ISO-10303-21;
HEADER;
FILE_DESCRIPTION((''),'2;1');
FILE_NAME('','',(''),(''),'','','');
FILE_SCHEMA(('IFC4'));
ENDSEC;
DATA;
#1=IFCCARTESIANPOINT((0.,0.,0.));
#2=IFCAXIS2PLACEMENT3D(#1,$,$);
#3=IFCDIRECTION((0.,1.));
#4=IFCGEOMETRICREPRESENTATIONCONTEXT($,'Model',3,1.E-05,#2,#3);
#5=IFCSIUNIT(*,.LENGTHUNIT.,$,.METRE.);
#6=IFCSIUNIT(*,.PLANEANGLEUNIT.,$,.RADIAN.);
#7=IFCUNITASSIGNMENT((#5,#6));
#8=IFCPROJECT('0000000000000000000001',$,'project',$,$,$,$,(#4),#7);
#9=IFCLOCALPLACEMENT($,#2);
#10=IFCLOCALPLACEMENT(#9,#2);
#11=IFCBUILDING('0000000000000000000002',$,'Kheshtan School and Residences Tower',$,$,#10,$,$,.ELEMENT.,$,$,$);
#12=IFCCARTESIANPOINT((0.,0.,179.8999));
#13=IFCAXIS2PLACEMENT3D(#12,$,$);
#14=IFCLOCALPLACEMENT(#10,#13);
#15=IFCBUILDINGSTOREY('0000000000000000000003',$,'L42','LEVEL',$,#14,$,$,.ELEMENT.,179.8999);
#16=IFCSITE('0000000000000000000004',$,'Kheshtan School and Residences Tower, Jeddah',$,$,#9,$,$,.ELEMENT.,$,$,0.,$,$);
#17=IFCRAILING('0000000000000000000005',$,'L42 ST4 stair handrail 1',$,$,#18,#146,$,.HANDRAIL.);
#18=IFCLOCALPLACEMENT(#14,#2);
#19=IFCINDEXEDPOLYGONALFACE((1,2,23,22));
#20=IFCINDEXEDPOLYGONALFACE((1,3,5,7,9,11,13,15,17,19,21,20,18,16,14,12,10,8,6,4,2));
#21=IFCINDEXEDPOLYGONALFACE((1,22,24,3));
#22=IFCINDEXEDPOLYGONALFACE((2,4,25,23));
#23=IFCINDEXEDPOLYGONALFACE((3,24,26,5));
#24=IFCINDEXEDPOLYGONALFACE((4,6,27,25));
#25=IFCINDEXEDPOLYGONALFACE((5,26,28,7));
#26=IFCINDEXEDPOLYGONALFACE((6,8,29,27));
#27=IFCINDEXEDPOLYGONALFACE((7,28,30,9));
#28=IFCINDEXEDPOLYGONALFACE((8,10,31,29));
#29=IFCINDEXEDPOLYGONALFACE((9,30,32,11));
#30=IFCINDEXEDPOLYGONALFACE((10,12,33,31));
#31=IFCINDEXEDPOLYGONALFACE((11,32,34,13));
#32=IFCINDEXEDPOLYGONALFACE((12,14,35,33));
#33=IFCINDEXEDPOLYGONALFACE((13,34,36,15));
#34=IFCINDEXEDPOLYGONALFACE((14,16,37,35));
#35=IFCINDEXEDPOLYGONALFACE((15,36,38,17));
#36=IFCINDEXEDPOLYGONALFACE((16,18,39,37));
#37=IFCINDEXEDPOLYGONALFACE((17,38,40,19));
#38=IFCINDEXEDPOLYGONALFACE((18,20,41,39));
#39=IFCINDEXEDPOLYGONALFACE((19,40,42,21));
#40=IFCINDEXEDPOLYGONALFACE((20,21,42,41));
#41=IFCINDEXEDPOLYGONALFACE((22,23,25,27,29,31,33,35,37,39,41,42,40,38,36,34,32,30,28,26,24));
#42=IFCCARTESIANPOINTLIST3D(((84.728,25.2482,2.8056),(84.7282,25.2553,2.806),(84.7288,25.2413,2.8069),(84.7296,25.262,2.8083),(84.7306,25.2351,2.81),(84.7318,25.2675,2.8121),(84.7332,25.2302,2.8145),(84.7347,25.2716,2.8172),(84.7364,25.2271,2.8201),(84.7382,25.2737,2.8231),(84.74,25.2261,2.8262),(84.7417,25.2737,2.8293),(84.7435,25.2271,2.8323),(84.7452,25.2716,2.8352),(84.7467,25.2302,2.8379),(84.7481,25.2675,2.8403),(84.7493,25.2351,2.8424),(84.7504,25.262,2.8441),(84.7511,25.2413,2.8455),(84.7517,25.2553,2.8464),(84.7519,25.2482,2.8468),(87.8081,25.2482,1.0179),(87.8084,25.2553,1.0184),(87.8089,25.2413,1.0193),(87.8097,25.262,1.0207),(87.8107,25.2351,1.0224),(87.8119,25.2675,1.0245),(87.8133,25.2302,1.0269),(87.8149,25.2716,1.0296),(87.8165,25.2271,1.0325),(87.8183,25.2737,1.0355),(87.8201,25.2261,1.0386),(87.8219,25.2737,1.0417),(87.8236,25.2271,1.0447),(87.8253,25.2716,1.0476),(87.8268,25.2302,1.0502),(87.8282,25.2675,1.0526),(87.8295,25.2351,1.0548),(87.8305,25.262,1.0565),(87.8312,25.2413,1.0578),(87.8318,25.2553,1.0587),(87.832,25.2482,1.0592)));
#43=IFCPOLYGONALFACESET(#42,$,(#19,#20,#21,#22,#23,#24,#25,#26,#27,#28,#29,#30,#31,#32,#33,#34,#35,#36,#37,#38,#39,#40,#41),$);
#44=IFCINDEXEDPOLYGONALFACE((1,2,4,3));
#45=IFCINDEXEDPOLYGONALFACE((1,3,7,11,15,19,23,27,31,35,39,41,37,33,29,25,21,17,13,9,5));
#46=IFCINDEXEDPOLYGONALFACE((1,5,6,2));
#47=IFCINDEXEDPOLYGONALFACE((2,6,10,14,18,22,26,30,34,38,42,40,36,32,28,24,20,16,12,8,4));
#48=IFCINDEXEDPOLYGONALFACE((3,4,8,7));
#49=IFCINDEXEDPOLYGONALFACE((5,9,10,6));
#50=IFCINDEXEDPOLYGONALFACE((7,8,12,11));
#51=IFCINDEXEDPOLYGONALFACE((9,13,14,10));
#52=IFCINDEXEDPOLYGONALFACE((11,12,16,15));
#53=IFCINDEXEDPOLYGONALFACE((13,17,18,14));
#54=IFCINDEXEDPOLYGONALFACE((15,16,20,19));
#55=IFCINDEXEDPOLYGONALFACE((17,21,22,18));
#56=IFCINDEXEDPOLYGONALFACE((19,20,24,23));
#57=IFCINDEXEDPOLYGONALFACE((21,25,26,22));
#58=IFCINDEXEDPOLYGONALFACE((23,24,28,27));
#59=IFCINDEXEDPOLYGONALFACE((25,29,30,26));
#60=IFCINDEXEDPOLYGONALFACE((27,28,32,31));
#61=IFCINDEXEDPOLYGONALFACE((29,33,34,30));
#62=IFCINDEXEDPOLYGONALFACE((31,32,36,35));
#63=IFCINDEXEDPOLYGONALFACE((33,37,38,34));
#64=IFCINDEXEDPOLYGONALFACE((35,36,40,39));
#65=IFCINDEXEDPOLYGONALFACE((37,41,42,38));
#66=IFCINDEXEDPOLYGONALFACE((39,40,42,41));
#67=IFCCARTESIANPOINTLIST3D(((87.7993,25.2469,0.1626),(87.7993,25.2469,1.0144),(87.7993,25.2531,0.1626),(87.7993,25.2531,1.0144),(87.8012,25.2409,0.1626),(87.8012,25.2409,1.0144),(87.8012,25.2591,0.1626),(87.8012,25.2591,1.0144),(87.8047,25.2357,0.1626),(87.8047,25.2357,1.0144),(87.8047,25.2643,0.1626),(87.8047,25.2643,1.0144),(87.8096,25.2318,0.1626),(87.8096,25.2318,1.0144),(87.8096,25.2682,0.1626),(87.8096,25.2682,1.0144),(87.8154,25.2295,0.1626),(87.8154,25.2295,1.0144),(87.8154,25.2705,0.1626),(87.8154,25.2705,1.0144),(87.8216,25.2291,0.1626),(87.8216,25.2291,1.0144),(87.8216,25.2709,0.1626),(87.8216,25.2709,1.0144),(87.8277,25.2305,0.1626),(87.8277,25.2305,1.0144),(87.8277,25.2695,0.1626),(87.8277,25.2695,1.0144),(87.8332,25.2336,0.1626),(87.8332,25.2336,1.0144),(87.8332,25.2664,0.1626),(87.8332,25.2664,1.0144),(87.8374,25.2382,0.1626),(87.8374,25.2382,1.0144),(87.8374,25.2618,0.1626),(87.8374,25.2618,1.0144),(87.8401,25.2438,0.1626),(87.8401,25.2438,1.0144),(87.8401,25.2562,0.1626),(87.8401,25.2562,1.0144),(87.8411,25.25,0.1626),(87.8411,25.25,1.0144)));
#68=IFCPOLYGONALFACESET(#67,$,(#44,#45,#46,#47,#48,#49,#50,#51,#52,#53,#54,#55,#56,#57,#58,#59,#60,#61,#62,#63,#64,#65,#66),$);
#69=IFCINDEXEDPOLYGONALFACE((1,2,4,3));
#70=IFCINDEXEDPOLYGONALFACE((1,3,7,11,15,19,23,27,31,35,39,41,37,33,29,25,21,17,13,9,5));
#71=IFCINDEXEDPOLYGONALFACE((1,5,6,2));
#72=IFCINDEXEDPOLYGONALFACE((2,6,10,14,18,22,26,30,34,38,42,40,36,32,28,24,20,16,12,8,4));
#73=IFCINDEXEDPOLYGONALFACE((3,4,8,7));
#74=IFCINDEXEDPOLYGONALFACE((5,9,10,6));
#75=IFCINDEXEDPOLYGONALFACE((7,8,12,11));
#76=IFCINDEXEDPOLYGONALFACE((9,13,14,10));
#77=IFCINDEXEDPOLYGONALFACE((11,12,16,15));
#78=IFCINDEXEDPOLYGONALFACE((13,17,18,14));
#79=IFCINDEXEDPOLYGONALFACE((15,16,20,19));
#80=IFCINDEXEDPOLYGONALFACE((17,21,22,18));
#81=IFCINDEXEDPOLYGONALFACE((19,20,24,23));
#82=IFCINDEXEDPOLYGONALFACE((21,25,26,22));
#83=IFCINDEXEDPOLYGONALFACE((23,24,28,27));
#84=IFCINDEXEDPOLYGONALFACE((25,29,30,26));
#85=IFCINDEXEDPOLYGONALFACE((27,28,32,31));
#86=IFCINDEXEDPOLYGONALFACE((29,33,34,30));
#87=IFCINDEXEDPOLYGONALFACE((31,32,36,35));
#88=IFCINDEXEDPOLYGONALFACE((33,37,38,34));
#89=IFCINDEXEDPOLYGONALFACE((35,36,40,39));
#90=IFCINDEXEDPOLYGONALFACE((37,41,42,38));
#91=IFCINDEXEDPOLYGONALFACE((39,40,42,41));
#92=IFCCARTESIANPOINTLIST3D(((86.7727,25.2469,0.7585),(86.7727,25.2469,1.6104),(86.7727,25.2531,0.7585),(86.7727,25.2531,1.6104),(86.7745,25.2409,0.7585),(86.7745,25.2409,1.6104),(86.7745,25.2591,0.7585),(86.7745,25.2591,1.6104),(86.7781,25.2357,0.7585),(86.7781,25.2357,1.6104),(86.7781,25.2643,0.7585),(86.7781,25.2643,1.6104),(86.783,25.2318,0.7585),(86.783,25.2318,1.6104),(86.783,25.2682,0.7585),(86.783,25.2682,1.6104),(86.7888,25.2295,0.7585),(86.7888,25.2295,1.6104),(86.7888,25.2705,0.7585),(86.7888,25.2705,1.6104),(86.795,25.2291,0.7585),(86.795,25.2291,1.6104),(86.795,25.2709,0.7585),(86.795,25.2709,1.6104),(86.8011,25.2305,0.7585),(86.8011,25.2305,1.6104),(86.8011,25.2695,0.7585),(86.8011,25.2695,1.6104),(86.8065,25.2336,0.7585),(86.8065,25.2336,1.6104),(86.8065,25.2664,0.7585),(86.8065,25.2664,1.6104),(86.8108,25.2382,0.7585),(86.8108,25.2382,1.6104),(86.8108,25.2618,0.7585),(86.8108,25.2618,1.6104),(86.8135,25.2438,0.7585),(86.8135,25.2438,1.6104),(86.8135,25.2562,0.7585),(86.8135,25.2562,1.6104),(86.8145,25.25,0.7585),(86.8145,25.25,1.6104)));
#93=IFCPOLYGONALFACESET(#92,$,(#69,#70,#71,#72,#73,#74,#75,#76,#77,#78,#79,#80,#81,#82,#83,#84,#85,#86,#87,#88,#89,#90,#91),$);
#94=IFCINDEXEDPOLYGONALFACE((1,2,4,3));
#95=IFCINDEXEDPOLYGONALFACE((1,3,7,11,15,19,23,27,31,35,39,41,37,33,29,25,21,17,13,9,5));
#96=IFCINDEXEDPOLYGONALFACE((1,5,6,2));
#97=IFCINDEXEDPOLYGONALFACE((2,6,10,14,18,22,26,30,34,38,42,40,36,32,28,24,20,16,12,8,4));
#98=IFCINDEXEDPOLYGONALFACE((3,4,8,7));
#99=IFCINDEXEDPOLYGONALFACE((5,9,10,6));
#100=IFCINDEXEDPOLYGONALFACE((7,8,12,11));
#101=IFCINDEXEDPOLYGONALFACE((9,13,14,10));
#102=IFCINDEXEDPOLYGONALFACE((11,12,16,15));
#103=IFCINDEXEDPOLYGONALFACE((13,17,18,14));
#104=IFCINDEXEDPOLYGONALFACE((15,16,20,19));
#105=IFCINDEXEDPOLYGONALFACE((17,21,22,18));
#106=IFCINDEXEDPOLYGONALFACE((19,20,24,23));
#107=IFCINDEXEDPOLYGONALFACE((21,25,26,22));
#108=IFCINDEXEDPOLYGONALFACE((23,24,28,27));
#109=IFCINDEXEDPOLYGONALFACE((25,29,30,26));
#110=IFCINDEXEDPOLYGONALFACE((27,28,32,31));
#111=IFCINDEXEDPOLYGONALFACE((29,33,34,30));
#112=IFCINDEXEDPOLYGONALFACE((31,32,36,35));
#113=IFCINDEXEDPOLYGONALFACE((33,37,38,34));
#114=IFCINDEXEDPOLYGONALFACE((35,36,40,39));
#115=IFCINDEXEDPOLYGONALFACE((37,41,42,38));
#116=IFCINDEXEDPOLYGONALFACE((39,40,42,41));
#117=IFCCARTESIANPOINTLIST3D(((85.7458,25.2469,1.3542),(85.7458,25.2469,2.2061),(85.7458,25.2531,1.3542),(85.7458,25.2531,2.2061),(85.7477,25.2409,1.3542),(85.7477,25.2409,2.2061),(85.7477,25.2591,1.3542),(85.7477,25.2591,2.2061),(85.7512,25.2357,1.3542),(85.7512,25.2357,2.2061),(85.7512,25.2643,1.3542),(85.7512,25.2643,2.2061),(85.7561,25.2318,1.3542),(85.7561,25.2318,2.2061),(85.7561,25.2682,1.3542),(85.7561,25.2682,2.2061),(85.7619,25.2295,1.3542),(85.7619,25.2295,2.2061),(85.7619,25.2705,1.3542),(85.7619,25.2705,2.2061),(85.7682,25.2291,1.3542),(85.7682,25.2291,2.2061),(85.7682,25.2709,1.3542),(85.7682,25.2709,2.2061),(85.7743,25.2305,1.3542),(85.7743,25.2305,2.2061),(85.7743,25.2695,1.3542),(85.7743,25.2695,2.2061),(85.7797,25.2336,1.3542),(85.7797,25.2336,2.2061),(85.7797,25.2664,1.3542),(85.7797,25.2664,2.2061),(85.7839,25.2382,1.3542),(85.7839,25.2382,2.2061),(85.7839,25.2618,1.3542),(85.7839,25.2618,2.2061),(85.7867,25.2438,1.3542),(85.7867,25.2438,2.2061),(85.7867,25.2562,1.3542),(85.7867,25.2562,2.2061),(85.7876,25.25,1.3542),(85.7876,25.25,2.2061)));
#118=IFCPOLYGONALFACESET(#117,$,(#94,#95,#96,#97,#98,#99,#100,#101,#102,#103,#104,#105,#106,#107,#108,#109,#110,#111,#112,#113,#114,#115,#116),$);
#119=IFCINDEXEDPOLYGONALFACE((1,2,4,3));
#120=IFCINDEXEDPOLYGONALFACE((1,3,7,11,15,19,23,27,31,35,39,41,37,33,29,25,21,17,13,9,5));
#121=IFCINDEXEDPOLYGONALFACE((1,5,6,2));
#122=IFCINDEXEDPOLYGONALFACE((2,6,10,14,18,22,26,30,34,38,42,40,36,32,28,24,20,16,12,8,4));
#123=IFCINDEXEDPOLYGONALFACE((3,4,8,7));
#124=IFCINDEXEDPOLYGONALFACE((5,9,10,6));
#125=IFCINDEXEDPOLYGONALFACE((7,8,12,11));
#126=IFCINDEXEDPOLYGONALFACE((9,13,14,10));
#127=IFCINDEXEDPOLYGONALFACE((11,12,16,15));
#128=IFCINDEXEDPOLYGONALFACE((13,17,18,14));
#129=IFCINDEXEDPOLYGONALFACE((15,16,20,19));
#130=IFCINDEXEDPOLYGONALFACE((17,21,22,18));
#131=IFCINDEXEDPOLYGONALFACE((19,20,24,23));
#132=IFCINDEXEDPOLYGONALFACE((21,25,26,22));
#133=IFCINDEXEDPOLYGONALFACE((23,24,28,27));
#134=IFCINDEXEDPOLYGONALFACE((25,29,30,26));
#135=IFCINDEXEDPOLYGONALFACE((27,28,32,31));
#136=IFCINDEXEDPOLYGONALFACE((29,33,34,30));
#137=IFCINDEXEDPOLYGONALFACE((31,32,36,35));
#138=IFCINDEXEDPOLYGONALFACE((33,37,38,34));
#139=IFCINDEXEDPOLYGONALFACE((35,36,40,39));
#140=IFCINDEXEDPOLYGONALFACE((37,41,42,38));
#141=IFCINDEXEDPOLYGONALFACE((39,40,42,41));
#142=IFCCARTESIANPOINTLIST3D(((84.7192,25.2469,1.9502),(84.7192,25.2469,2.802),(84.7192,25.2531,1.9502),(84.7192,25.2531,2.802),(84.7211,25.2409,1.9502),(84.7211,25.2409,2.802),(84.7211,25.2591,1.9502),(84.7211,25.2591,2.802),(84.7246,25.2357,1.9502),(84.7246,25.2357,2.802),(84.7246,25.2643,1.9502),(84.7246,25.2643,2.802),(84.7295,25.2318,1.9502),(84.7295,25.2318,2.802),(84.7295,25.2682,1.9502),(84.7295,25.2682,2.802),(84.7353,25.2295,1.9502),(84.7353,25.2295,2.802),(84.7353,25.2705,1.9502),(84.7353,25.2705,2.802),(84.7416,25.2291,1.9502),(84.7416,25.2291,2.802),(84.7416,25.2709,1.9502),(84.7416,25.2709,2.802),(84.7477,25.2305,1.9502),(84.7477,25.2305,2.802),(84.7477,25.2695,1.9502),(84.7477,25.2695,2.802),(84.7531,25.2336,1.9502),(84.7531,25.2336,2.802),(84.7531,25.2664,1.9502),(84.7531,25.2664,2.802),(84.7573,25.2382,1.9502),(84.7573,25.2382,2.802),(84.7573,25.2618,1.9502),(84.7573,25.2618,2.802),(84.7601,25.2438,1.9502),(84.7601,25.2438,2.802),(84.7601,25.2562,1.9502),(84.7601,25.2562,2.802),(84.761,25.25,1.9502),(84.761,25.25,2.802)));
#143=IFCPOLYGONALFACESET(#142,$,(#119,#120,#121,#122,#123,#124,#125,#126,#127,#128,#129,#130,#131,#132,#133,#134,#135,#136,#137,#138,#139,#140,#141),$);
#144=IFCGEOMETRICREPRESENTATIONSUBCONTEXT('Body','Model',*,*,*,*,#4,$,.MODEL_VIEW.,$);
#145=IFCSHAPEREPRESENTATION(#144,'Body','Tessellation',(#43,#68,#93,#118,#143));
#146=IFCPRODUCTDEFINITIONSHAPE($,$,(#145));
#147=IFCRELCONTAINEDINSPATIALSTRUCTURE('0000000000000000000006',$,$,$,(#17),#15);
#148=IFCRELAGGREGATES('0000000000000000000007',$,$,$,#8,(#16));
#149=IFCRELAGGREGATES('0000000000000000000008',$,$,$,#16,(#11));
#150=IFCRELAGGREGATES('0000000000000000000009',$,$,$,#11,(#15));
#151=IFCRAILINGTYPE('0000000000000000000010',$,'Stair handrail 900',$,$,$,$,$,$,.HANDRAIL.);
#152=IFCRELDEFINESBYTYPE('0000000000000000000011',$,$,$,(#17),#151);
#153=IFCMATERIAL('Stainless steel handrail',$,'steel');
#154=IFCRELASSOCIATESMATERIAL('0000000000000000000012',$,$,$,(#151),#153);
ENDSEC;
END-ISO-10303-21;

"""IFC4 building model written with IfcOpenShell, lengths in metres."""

from ifc_helpers import new_model, si_unit, direction, frame, origin, origin_2d, place, context, subcontext, project, spatial, circle, extrude, material, type_object, element, save


model = new_model("IFC4")

# Units and contexts
model_context = context("Model", 3, precision=1e-05, world=origin(), true_north=direction((0.0, 1.0)))
body_context = subcontext(model_context, "Body", "Model", "MODEL_VIEW")
ifc_project = project(units=[si_unit("LENGTHUNIT", "METRE"), si_unit("PLANEANGLEUNIT", "RADIAN")], contexts=[model_context])

# Site, building, storey
site_placement = place(None, origin())
site = spatial("IfcSite", under=ifc_project, at=site_placement, Name="Kheshtan School and Residences Tower, Jeddah", CompositionType="ELEMENT", RefElevation=0.0)
building_placement = place(site_placement, origin())
building = spatial("IfcBuilding", under=site, at=building_placement, Name="Kheshtan School and Residences Tower", CompositionType="ELEMENT")
storey_placement = place(building_placement, frame((0.0, 0.0, 179.8999)))
storey = spatial("IfcBuildingStorey", under=building, at=storey_placement, Name="L42", Description="LEVEL", CompositionType="ELEMENT", Elevation=179.8999)

# Railing
ifc_material_1 = material(Name="Stainless steel handrail", Category="steel")
railing_type_1 = type_object("IfcRailingType", Name="Stair handrail 900", PredefinedType="HANDRAIL", material=ifc_material_1)
railing_1_placement = place(storey_placement, frame((87.8201, 25.25, 0.1626)))
element("IfcRailing", 1, at=railing_1_placement, inside=storey, type_object=railing_type_1, Name="L42 ST4 stair handrail 1", PredefinedType="HANDRAIL", context=body_context, shape_type="SweptSolid", body=[
    extrude(circle(Radius=0.0239, at=origin_2d()), frame((0.0, 0.0, 0.876), z_axis=(-0.864891, 0.0, 0.50196), x_axis=(0.0, -1.0, 0.0)), (0.0, 0.0, 1.0), 3.5613),
    extrude(circle(Radius=0.021, at=origin_2d()), origin(), (0.0, 0.0, 1.0), 0.8518),
    extrude(circle(Radius=0.021, at=origin_2d()), frame((-1.0266, 0.0, 0.5959)), (0.0, 0.0, 1.0), 0.8518),
    extrude(circle(Radius=0.021, at=origin_2d()), frame((-2.0535, 0.0, 1.1917)), (0.0, 0.0, 1.0), 0.8518),
    extrude(circle(Radius=0.021, at=origin_2d()), frame((-3.0801, 0.0, 1.7876)), (0.0, 0.0, 1.0), 0.8518),
])

save(model, "model.ifc")
